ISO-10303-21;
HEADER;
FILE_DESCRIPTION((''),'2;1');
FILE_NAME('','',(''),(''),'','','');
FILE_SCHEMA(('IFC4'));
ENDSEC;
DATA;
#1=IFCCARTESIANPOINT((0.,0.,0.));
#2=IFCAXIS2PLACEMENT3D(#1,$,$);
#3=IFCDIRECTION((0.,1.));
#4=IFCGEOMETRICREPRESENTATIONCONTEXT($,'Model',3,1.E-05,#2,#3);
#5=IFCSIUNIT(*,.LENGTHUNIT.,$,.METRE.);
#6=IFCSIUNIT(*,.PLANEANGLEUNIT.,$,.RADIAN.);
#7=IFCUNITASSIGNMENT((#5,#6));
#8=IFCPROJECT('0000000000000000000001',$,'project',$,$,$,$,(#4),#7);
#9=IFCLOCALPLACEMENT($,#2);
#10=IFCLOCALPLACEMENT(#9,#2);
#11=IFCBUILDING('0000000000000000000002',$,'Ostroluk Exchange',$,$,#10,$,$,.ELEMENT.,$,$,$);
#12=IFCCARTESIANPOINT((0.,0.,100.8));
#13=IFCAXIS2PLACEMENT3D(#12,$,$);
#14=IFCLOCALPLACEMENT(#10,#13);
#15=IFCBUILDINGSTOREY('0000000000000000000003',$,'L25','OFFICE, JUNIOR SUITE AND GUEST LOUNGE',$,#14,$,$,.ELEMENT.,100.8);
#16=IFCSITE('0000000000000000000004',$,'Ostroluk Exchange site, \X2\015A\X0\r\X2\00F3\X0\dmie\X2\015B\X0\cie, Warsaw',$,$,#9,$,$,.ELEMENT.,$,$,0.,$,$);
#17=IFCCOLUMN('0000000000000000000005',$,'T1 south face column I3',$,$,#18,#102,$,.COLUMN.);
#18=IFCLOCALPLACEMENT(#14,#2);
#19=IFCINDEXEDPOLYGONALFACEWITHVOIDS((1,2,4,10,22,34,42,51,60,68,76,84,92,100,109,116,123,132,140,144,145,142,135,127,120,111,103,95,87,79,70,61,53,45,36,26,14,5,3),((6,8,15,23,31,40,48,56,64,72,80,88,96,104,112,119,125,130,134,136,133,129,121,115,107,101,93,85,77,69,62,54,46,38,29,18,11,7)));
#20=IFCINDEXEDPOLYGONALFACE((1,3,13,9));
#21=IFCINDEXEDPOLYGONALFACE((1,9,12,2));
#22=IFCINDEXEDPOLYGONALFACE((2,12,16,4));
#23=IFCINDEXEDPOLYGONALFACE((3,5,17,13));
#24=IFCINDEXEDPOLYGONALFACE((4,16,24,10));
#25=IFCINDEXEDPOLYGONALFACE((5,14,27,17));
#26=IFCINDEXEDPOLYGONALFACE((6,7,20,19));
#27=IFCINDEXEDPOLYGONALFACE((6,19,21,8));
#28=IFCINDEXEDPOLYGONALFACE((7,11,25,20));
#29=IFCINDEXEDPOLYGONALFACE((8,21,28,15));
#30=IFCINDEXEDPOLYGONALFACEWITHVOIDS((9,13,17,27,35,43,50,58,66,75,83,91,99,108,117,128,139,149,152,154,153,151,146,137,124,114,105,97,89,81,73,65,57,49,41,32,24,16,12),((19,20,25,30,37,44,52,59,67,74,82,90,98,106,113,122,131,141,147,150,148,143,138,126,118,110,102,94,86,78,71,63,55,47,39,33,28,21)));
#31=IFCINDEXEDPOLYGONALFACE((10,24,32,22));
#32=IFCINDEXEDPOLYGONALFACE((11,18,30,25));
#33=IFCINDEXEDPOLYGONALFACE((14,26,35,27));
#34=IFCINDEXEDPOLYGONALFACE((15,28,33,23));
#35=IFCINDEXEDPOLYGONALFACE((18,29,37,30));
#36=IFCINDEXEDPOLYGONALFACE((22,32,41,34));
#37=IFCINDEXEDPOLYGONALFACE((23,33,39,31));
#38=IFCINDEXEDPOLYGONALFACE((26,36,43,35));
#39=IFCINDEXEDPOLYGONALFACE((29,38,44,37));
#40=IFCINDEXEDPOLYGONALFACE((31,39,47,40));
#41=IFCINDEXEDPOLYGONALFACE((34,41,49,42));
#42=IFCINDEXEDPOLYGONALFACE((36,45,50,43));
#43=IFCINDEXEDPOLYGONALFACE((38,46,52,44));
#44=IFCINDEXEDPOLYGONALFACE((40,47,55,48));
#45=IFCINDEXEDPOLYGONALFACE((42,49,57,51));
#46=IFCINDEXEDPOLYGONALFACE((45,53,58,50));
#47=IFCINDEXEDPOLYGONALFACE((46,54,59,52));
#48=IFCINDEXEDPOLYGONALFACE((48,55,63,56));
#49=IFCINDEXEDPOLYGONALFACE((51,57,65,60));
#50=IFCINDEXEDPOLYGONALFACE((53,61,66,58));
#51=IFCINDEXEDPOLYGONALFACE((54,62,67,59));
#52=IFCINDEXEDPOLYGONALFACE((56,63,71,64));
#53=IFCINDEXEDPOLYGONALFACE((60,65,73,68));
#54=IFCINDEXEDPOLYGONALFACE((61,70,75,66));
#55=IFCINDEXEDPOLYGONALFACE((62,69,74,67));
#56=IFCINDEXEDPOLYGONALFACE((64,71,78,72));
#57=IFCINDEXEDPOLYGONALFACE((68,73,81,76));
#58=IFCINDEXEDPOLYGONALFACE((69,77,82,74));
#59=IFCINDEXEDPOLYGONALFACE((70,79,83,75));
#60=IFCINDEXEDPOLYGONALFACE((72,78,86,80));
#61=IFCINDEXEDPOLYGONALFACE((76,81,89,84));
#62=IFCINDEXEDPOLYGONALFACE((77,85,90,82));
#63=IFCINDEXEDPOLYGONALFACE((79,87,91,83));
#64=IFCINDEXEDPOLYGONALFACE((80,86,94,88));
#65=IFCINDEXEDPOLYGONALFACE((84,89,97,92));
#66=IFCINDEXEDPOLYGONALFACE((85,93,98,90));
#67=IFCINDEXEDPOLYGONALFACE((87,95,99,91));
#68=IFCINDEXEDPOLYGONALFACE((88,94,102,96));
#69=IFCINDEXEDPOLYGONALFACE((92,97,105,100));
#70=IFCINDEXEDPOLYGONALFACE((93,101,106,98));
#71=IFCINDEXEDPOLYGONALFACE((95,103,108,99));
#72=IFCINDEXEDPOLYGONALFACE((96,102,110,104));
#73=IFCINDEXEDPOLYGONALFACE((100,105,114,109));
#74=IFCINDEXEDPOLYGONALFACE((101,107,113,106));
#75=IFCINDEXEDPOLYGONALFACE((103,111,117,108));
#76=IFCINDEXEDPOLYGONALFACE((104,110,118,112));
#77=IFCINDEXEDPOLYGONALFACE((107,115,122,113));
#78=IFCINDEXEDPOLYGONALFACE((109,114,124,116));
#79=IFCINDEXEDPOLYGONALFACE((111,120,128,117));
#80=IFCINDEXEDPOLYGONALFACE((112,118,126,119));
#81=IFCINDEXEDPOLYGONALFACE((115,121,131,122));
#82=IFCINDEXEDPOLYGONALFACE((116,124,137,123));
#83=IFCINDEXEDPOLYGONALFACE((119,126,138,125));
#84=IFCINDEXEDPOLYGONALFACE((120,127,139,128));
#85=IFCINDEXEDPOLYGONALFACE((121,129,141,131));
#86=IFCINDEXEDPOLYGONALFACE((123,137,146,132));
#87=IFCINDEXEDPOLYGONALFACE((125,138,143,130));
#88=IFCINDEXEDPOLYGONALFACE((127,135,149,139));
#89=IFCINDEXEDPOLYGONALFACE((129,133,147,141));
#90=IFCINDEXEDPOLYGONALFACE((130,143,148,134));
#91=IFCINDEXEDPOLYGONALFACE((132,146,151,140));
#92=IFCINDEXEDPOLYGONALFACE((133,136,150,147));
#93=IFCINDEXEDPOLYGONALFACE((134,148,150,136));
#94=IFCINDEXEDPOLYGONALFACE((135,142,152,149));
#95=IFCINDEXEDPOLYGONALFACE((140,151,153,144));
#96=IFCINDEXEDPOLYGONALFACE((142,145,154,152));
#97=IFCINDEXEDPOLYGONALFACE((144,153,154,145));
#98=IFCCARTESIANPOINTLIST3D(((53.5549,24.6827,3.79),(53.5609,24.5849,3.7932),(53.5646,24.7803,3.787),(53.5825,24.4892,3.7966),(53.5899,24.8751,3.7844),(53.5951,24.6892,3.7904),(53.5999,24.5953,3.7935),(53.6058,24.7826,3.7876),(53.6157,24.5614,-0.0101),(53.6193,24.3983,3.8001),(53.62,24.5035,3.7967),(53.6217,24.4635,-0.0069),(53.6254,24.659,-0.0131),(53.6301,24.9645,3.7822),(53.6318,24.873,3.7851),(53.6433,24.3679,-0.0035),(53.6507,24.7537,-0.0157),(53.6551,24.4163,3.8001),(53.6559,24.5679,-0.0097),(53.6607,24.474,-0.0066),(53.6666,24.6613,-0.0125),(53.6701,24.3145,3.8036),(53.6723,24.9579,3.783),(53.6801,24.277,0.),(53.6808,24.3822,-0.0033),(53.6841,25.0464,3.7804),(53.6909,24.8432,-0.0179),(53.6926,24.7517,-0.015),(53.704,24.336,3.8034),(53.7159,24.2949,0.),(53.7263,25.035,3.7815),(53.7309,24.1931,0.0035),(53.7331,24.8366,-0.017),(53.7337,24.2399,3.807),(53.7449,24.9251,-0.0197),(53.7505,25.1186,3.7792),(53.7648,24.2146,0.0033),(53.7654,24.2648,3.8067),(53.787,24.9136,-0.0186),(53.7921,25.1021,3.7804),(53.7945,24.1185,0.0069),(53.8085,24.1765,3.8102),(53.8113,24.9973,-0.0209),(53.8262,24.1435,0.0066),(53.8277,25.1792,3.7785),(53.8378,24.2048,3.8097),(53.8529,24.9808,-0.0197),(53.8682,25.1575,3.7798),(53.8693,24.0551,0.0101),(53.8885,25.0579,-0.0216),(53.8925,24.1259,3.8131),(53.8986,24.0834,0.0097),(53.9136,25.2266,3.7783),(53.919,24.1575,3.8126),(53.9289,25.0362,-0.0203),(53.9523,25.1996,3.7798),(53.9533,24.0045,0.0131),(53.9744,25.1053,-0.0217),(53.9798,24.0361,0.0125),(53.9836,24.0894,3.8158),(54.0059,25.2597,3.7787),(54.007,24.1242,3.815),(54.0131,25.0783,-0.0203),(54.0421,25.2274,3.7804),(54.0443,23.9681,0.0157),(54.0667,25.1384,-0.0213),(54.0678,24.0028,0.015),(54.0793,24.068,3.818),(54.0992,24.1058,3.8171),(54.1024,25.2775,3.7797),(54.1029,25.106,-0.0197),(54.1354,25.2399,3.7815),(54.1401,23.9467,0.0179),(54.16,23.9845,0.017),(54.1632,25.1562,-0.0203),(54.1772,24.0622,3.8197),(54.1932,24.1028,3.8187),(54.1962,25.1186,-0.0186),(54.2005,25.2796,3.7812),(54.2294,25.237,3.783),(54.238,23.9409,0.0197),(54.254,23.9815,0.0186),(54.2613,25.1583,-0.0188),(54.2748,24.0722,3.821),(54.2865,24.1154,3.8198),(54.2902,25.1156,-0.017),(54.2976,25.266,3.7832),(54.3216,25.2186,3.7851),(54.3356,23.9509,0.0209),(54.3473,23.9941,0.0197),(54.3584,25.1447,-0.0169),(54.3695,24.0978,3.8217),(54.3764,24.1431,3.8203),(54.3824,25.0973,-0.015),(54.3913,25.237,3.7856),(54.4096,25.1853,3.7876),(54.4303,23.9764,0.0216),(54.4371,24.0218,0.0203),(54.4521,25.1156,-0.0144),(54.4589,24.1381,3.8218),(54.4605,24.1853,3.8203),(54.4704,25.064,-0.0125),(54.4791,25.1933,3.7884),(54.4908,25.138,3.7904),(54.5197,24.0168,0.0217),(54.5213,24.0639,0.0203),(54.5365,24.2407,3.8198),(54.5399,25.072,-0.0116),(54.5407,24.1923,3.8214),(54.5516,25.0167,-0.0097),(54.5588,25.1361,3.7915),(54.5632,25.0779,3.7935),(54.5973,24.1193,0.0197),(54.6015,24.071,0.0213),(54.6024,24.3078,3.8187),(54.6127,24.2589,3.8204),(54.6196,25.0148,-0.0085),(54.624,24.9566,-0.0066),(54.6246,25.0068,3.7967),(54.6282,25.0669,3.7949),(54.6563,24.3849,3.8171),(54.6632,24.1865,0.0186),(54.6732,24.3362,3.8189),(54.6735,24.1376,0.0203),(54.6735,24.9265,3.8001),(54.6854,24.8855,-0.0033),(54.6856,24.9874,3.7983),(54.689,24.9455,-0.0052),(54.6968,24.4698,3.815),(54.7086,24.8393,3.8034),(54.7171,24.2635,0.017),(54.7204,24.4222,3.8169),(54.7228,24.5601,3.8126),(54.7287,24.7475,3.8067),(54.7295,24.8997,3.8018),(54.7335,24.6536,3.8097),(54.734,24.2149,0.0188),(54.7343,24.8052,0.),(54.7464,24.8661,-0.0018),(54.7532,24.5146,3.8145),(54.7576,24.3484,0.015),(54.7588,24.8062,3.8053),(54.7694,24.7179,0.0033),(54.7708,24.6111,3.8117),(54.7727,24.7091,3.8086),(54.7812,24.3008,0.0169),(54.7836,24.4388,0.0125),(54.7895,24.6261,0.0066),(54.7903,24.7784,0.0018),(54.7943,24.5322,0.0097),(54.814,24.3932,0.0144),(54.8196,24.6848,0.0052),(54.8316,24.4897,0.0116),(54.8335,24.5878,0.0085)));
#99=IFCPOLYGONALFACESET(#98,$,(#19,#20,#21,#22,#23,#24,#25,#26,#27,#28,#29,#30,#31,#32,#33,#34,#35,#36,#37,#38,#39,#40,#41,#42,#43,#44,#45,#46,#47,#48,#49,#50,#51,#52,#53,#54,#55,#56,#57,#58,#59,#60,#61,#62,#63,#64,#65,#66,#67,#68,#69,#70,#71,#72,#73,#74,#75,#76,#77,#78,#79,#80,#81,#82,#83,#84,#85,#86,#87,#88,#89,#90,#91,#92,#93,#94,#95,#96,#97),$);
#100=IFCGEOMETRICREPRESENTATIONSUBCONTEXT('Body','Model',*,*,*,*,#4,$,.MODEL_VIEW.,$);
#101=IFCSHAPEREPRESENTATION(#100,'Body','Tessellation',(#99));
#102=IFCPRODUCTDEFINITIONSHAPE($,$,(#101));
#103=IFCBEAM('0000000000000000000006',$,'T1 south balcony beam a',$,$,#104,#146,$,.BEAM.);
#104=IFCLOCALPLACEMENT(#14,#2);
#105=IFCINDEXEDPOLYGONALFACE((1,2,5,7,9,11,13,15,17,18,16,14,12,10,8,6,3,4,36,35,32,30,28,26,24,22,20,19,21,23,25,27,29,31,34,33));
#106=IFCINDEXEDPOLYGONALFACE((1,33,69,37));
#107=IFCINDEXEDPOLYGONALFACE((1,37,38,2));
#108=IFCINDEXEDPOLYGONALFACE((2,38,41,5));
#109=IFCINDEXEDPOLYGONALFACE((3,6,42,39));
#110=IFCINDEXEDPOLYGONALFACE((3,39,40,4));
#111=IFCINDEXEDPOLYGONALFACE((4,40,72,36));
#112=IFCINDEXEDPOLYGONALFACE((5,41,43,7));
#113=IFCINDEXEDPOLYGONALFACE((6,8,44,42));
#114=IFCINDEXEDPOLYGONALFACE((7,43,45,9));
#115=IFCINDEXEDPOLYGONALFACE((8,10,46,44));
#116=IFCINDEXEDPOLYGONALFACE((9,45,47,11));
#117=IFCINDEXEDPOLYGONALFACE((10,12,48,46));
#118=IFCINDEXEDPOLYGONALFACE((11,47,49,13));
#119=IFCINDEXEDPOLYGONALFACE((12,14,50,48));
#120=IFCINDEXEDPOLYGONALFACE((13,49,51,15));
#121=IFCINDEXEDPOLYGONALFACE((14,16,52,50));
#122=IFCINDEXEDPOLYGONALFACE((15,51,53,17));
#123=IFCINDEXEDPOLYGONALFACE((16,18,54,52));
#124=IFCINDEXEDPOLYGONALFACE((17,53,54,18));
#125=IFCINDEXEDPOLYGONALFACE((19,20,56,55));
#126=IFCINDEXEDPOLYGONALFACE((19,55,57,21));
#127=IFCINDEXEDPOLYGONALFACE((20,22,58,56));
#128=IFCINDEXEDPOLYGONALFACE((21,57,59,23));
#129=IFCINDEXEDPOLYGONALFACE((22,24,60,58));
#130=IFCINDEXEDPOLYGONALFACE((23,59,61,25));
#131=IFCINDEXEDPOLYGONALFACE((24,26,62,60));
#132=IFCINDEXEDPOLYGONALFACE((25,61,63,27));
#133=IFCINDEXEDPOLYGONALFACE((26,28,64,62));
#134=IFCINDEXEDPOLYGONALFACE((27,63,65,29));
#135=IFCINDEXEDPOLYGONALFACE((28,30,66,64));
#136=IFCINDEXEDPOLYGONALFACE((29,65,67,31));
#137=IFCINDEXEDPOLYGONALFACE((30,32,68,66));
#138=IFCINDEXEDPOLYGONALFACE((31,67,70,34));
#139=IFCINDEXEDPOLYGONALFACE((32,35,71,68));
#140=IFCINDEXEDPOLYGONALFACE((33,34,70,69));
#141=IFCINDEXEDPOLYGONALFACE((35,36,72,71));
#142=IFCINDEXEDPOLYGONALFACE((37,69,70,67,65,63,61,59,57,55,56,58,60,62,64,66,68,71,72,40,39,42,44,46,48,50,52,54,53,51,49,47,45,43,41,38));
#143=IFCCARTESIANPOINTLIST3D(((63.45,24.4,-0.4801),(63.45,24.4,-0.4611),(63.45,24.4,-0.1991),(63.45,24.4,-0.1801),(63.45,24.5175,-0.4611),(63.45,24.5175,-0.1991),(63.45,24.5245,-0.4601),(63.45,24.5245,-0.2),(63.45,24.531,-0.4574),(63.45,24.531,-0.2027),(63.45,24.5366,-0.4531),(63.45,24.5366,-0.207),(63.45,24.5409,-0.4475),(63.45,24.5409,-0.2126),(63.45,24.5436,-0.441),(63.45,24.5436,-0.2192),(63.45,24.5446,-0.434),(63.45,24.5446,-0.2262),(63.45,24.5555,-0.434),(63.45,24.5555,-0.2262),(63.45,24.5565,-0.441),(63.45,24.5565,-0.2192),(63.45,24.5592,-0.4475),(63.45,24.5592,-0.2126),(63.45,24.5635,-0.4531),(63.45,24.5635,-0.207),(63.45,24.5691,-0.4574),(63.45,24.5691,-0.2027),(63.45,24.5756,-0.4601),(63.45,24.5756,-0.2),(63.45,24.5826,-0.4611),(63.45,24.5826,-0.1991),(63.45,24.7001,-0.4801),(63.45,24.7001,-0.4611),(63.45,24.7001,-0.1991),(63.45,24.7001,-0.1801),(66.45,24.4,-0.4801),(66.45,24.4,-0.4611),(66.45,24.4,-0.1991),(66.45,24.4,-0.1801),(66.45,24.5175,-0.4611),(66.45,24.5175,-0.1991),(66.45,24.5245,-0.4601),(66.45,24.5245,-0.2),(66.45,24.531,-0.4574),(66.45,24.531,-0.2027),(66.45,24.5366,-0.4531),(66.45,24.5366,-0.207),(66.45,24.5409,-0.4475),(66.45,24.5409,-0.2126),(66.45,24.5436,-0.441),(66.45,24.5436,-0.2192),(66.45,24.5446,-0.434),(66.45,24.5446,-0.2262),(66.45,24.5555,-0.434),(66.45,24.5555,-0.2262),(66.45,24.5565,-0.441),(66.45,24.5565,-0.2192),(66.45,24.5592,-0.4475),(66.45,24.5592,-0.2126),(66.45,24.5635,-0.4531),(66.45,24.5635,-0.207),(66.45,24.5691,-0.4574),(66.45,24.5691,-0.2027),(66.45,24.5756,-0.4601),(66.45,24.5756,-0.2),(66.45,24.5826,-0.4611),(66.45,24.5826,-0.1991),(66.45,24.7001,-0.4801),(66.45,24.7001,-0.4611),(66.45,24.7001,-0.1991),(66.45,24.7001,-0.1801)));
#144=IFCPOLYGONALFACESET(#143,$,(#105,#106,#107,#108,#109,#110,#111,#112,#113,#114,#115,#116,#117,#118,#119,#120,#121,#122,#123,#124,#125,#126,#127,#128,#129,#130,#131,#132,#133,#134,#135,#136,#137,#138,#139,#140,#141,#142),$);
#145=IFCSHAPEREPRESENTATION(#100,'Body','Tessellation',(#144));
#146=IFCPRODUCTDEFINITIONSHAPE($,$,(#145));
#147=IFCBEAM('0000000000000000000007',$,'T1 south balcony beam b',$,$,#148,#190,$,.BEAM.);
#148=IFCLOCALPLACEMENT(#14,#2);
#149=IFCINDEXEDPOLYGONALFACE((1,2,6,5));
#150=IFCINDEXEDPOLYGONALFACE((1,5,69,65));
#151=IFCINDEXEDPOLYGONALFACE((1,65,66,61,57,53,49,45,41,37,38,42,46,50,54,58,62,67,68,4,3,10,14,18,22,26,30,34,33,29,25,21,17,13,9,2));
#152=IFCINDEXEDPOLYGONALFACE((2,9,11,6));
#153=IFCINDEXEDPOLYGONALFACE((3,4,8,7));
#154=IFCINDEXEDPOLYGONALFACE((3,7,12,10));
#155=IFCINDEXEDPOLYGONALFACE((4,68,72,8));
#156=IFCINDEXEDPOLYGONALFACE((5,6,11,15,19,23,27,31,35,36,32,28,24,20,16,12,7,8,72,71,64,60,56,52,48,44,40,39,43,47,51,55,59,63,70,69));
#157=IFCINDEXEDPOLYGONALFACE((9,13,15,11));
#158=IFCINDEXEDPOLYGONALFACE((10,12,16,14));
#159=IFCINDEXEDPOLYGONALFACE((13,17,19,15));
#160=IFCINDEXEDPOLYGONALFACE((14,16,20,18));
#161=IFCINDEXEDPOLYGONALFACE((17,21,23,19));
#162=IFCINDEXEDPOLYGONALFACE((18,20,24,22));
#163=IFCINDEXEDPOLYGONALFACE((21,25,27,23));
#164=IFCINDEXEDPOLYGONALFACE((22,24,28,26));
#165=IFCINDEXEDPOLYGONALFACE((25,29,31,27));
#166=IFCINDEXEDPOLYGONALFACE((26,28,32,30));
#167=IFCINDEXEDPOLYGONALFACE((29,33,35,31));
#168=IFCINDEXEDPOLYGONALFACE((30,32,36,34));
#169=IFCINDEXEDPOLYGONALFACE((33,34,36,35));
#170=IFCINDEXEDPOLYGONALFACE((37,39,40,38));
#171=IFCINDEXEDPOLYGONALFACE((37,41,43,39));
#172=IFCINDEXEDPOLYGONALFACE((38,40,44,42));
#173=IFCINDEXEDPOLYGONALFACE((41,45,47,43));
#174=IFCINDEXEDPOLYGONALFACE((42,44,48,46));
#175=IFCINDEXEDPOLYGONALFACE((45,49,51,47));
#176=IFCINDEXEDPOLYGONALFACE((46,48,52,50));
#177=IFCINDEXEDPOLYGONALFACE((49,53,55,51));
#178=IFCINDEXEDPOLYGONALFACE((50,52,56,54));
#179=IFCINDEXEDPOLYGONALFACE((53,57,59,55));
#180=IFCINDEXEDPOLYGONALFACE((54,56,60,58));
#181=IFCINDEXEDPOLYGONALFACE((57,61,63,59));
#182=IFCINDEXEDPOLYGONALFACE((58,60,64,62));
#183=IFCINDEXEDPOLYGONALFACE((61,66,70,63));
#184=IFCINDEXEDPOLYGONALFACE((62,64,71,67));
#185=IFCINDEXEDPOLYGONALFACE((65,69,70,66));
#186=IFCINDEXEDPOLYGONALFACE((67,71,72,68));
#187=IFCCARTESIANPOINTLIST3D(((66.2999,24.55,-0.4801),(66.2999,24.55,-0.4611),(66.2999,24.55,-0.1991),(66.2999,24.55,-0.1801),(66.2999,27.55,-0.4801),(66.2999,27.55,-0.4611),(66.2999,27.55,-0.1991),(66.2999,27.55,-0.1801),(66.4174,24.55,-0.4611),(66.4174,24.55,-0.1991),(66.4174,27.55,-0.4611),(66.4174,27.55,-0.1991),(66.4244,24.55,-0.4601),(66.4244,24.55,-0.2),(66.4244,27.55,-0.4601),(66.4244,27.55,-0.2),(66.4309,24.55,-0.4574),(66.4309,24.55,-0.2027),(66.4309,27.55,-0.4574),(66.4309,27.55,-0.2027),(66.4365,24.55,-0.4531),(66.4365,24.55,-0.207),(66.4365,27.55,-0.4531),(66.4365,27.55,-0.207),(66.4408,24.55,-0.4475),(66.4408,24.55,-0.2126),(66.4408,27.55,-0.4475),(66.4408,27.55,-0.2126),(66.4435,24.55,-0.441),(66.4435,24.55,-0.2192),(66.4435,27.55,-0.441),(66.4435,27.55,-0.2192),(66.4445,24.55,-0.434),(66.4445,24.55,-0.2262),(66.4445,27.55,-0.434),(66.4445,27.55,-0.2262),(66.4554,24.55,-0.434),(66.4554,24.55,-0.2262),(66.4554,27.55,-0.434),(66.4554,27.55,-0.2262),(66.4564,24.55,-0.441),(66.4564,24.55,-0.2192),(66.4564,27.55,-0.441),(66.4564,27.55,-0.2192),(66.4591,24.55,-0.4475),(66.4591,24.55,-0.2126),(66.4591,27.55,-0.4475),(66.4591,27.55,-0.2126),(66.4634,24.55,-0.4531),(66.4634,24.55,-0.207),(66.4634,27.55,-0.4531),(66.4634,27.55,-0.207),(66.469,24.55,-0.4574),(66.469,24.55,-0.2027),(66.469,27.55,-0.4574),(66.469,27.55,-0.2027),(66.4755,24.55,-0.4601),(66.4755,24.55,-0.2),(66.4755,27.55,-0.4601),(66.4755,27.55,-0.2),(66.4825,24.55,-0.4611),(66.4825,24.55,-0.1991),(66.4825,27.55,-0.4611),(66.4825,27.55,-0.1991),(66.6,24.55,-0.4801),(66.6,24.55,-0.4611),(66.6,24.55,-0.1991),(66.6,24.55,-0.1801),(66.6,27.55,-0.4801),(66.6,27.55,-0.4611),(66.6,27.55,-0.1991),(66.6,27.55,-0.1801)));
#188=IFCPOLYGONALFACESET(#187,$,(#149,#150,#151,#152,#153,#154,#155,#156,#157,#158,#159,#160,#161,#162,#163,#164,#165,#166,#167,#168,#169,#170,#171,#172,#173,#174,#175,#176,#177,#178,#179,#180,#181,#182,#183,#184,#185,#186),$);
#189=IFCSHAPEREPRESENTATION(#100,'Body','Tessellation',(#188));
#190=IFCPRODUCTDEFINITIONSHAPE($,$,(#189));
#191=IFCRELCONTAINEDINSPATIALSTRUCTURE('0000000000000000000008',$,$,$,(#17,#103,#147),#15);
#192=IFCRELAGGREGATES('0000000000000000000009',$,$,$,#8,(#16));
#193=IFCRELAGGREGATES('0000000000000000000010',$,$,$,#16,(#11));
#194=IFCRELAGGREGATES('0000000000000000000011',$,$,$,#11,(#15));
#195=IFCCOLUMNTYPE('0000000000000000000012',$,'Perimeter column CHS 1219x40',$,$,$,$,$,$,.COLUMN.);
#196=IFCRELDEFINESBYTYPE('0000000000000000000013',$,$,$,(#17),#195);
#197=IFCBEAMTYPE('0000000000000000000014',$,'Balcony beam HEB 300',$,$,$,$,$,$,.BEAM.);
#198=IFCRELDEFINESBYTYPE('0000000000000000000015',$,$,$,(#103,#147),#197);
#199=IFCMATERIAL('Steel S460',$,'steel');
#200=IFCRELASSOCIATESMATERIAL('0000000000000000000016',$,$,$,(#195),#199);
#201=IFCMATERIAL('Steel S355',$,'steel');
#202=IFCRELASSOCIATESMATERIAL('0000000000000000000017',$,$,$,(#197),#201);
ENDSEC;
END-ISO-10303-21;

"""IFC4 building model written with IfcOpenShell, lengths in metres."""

from ifc_helpers import new_model, si_unit, direction, frame, origin, origin_2d, place, context, subcontext, project, spatial, hollow_circle, i_section, extrude, material, material_profile, profile_set, type_object, element, save


model = new_model("IFC4")

# Units and contexts
model_context = context("Model", 3, precision=1e-05, world=origin(), true_north=direction((0.0, 1.0)))
body_context = subcontext(model_context, "Body", "Model", "MODEL_VIEW")
ifc_project = project(units=[si_unit("LENGTHUNIT", "METRE"), si_unit("PLANEANGLEUNIT", "RADIAN")], contexts=[model_context])

# Site, building, storey
site_placement = place(None, origin())
site = spatial("IfcSite", under=ifc_project, at=site_placement, Name="Ostroluk Exchange site, Śródmieście, Warsaw", CompositionType="ELEMENT", RefElevation=0.0)
building_placement = place(site_placement, origin())
building = spatial("IfcBuilding", under=site, at=building_placement, Name="Ostroluk Exchange", CompositionType="ELEMENT")
storey_placement = place(building_placement, frame((0.0, 0.0, 100.8)))
storey = spatial("IfcBuildingStorey", under=building, at=storey_placement, Name="L25", Description="OFFICE, JUNIOR SUITE AND GUEST LOUNGE", CompositionType="ELEMENT", Elevation=100.8)

# Column
ifc_material_1 = material(Name="Steel S460", Category="steel")
ifc_material_profile_1 = material_profile(ifc_material_1, hollow_circle(Radius=0.6096, WallThickness=0.04, at=origin_2d()), Name="CHS 1219x40")
ifc_profile_set_1 = profile_set([ifc_material_profile_1], Name="Steel S460")
column_type = type_object("IfcColumnType", Name="Perimeter column CHS 1219x40", PredefinedType="COLUMN", material=ifc_profile_set_1)
column_placement = place(storey_placement, frame((54.2251, 24.55, 0.0), z_axis=(-0.015987, 0.03191, 0.999363), x_axis=(-0.894067, -0.447933, 0.0)))
element("IfcColumn", 1, at=column_placement, inside=storey, type_object=column_type, Name="T1 south face column I3", PredefinedType="COLUMN", context=body_context, shape_type="SweptSolid", body=[
    extrude(hollow_circle(Radius=0.6096, WallThickness=0.04, at=origin_2d()), origin(), (0.0, 0.0, 1.0), 3.8025),
])

# Beams
ifc_material_2 = material(Name="Steel S355", Category="steel")
ifc_material_profile_2 = material_profile(ifc_material_2, i_section(OverallWidth=0.3, OverallDepth=0.3, WebThickness=0.011, FlangeThickness=0.019, FilletRadius=0.0271, at=origin_2d()), Name="HEB 300")
ifc_profile_set_2 = profile_set([ifc_material_profile_2], Name="Steel S355")
beam_type_1 = type_object("IfcBeamType", Name="Balcony beam HEB 300", PredefinedType="BEAM", material=ifc_profile_set_2)
for number, where, z_axis, x_axis, name in (
    (2, (63.45, 24.55, -0.3301), (1.0, 0.0, 0.0), (0.0, 1.0, 0.0), "T1 south balcony beam a"),
    (3, (66.45, 27.55, -0.3301), (0.0, -1.0, 0.0), (1.0, 0.0, 0.0), "T1 south balcony beam b"),
):
    element("IfcBeam", number, at=place(storey_placement, frame(where, z_axis=z_axis, x_axis=x_axis)), inside=storey, type_object=beam_type_1, Name=name, PredefinedType="BEAM", context=body_context, shape_type="SweptSolid", body=[
        extrude(i_section(OverallWidth=0.3, OverallDepth=0.3, WebThickness=0.011, FlangeThickness=0.019, FilletRadius=0.0271, at=origin_2d()), origin(), (0.0, 0.0, 1.0), 3.0),
    ])

save(model, "model.ifc")
